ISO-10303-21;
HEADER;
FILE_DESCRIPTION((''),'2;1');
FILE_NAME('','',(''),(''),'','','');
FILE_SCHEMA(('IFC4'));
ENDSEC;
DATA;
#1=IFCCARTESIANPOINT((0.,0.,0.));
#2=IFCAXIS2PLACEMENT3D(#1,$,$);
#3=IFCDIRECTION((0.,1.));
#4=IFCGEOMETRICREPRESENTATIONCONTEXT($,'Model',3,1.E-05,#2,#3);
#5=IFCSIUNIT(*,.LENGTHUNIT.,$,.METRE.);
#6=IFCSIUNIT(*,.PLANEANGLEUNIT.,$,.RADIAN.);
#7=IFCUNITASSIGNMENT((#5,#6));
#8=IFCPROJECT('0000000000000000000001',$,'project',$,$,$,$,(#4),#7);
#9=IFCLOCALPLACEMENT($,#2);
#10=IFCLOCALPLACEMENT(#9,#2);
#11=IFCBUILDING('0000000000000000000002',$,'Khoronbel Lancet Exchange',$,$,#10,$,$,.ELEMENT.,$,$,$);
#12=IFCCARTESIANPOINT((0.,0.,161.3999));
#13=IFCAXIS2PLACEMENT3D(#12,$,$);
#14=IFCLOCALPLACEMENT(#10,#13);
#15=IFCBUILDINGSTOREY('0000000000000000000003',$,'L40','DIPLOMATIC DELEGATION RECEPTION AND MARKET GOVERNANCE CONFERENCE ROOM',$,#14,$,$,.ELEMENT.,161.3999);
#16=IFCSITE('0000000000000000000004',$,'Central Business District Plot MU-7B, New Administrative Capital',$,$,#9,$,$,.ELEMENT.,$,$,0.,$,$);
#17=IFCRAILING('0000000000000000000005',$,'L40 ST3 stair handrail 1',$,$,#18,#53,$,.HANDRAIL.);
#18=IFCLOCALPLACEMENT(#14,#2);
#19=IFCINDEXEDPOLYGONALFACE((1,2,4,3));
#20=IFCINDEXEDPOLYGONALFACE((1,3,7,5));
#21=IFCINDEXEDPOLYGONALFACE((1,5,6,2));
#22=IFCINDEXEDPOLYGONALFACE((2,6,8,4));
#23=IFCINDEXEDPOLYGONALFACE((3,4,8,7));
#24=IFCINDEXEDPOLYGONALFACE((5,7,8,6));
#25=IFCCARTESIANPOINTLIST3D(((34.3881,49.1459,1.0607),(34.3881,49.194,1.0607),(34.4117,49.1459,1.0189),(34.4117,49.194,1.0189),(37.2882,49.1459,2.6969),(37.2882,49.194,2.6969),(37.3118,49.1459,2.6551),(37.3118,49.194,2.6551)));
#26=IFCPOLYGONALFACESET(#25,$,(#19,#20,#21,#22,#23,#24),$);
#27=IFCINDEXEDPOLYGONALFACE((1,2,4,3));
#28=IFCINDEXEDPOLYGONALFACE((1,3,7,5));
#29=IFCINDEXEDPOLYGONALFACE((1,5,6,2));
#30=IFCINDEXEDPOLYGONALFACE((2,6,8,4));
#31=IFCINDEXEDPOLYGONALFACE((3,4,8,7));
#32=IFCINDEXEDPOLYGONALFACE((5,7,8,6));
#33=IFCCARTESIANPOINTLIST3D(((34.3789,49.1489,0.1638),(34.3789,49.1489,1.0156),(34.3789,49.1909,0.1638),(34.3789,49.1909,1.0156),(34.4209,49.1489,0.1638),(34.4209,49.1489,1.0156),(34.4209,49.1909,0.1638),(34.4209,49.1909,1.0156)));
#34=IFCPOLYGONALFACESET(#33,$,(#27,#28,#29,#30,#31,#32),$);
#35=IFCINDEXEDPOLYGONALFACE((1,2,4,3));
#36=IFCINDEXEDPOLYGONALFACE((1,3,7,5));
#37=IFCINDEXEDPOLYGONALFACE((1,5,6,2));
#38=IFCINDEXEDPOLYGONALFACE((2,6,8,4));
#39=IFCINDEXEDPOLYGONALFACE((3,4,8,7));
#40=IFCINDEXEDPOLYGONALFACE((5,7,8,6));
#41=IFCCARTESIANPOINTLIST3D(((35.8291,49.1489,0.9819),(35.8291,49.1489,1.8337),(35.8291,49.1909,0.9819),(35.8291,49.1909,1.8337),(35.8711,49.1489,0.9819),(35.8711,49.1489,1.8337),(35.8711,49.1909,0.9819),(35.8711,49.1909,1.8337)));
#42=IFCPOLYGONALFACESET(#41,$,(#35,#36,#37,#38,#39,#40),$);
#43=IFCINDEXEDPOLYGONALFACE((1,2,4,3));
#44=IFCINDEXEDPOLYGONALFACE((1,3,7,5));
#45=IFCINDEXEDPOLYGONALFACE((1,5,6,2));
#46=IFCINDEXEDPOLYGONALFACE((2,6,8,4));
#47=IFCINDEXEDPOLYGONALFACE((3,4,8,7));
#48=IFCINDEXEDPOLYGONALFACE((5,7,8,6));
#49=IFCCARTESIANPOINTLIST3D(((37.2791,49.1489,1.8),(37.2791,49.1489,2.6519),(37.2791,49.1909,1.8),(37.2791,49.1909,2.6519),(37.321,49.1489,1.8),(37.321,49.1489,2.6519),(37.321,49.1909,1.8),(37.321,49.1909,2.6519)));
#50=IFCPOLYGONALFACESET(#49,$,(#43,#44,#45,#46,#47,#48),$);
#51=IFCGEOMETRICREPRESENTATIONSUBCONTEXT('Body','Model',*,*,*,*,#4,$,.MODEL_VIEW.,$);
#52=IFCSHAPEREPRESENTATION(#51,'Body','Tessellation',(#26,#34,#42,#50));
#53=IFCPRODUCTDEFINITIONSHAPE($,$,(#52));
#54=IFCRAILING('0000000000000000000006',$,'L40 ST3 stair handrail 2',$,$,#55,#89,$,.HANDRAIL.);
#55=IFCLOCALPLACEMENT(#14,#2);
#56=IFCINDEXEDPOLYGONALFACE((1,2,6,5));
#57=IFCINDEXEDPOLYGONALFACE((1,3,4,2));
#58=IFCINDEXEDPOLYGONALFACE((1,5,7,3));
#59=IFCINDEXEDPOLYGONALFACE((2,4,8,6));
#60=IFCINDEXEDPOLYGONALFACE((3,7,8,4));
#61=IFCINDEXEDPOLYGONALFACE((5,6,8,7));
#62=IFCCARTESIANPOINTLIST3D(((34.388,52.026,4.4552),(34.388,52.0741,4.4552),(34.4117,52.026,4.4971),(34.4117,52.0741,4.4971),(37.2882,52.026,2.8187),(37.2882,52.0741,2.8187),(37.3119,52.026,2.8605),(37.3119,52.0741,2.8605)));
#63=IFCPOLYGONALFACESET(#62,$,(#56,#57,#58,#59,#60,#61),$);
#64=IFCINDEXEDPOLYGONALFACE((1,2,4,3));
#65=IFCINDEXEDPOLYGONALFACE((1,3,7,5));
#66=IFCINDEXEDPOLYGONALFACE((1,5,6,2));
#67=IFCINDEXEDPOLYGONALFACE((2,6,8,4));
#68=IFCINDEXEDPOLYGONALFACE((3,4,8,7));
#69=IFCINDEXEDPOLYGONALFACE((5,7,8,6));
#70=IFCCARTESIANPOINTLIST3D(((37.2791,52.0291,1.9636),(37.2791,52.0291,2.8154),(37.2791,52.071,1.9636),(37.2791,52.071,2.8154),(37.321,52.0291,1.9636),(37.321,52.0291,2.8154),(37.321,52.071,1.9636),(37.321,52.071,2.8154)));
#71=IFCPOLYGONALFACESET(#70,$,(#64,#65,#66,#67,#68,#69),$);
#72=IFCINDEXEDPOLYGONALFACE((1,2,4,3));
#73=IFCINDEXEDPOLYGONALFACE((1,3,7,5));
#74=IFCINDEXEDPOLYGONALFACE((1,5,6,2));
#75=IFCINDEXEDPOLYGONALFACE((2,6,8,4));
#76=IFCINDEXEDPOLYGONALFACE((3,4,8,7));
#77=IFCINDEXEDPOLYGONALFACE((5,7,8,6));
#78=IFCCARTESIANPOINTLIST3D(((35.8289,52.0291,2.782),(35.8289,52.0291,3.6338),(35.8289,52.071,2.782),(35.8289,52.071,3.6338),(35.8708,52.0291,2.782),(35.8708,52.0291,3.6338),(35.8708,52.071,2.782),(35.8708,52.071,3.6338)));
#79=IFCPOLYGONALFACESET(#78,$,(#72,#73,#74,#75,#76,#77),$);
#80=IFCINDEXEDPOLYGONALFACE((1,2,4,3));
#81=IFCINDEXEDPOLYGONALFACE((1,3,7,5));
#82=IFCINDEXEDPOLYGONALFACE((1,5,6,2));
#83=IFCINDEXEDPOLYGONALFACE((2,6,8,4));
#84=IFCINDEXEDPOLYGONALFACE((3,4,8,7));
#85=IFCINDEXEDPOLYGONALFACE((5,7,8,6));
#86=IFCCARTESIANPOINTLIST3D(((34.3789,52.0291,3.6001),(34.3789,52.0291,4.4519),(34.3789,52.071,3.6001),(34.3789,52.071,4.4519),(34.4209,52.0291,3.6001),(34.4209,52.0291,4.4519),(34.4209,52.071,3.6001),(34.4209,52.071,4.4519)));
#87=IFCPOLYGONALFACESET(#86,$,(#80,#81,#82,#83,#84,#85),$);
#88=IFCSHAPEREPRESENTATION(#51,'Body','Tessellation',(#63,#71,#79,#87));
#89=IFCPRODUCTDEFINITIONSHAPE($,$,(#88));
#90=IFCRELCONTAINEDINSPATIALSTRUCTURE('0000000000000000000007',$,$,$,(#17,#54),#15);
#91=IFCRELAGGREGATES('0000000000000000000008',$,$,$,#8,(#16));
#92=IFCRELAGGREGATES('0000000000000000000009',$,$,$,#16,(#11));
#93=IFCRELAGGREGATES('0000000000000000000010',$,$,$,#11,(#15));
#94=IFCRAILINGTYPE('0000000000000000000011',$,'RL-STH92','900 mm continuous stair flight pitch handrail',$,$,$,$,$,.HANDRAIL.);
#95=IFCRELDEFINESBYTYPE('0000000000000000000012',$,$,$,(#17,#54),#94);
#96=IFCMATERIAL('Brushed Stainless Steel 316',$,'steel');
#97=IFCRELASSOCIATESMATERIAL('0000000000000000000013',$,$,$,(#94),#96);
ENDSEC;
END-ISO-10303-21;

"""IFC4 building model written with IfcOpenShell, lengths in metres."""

from ifc_helpers import new_model, si_unit, direction, frame, origin, origin_2d, place, context, subcontext, project, spatial, rectangle, extrude, material, type_object, element, save


model = new_model("IFC4")

# Units and contexts
model_context = context("Model", 3, precision=1e-05, world=origin(), true_north=direction((0.0, 1.0)))
body_context = subcontext(model_context, "Body", "Model", "MODEL_VIEW")
ifc_project = project(units=[si_unit("LENGTHUNIT", "METRE"), si_unit("PLANEANGLEUNIT", "RADIAN")], contexts=[model_context])

# Site, building, storey
site_placement = place(None, origin())
site = spatial("IfcSite", under=ifc_project, at=site_placement, Name="Central Business District Plot MU-7B, New Administrative Capital", CompositionType="ELEMENT", RefElevation=0.0)
building_placement = place(site_placement, origin())
building = spatial("IfcBuilding", under=site, at=building_placement, Name="Khoronbel Lancet Exchange", CompositionType="ELEMENT")
storey_placement = place(building_placement, frame((0.0, 0.0, 161.3999)))
storey = spatial("IfcBuildingStorey", under=building, at=storey_placement, Name="L40", Description="DIPLOMATIC DELEGATION RECEPTION AND MARKET GOVERNANCE CONFERENCE ROOM", CompositionType="ELEMENT", Elevation=161.3999)

# Railings
ifc_material_1 = material(Name="Brushed Stainless Steel 316", Category="steel")
railing_type_1 = type_object("IfcRailingType", Name="RL-STH92", Description="900 mm continuous stair flight pitch handrail", PredefinedType="HANDRAIL", material=ifc_material_1)
railing_1_placement = place(storey_placement, frame((34.3999, 49.1699, 0.1638)))
element("IfcRailing", 1, at=railing_1_placement, inside=storey, type_object=railing_type_1, Name="L40 ST3 stair handrail 1", PredefinedType="HANDRAIL", context=body_context, shape_type="SweptSolid", body=[
    extrude(rectangle(XDim=0.0481, YDim=0.0481, at=origin_2d()), frame((0.0, 0.0, 0.876), z_axis=(0.870946, 0.0, 0.491378), x_axis=(0.0, 1.0, 0.0)), (0.0, 0.0, 1.0), 3.3298),
    extrude(rectangle(XDim=0.042, YDim=0.042, at=origin_2d()), origin(), (0.0, 0.0, 1.0), 0.8518),
    extrude(rectangle(XDim=0.042, YDim=0.042, at=origin_2d()), frame((1.4502, 0.0, 0.8181)), (0.0, 0.0, 1.0), 0.8518),
    extrude(rectangle(XDim=0.042, YDim=0.042, at=origin_2d()), frame((2.9001, 0.0, 1.6362)), (0.0, 0.0, 1.0), 0.8518),
])
railing_2_placement = place(storey_placement, frame((37.3, 52.05, 1.9636)))
element("IfcRailing", 2, at=railing_2_placement, inside=storey, type_object=railing_type_1, Name="L40 ST3 stair handrail 2", PredefinedType="HANDRAIL", context=body_context, shape_type="SweptSolid", body=[
    extrude(rectangle(XDim=0.0481, YDim=0.0481, at=origin_2d()), frame((0.0, 0.0, 0.876), z_axis=(-0.870915, 0.0, 0.491434), x_axis=(0.0, -1.0, 0.0)), (0.0, 0.0, 1.0), 3.3301),
    extrude(rectangle(XDim=0.042, YDim=0.042, at=origin_2d()), origin(), (0.0, 0.0, 1.0), 0.8518),
    extrude(rectangle(XDim=0.042, YDim=0.042, at=origin_2d()), frame((-1.4502, 0.0, 0.8184)), (0.0, 0.0, 1.0), 0.8518),
    extrude(rectangle(XDim=0.042, YDim=0.042, at=origin_2d()), frame((-2.9001, 0.0, 1.6365)), (0.0, 0.0, 1.0), 0.8518),
])

save(model, "model.ifc")
